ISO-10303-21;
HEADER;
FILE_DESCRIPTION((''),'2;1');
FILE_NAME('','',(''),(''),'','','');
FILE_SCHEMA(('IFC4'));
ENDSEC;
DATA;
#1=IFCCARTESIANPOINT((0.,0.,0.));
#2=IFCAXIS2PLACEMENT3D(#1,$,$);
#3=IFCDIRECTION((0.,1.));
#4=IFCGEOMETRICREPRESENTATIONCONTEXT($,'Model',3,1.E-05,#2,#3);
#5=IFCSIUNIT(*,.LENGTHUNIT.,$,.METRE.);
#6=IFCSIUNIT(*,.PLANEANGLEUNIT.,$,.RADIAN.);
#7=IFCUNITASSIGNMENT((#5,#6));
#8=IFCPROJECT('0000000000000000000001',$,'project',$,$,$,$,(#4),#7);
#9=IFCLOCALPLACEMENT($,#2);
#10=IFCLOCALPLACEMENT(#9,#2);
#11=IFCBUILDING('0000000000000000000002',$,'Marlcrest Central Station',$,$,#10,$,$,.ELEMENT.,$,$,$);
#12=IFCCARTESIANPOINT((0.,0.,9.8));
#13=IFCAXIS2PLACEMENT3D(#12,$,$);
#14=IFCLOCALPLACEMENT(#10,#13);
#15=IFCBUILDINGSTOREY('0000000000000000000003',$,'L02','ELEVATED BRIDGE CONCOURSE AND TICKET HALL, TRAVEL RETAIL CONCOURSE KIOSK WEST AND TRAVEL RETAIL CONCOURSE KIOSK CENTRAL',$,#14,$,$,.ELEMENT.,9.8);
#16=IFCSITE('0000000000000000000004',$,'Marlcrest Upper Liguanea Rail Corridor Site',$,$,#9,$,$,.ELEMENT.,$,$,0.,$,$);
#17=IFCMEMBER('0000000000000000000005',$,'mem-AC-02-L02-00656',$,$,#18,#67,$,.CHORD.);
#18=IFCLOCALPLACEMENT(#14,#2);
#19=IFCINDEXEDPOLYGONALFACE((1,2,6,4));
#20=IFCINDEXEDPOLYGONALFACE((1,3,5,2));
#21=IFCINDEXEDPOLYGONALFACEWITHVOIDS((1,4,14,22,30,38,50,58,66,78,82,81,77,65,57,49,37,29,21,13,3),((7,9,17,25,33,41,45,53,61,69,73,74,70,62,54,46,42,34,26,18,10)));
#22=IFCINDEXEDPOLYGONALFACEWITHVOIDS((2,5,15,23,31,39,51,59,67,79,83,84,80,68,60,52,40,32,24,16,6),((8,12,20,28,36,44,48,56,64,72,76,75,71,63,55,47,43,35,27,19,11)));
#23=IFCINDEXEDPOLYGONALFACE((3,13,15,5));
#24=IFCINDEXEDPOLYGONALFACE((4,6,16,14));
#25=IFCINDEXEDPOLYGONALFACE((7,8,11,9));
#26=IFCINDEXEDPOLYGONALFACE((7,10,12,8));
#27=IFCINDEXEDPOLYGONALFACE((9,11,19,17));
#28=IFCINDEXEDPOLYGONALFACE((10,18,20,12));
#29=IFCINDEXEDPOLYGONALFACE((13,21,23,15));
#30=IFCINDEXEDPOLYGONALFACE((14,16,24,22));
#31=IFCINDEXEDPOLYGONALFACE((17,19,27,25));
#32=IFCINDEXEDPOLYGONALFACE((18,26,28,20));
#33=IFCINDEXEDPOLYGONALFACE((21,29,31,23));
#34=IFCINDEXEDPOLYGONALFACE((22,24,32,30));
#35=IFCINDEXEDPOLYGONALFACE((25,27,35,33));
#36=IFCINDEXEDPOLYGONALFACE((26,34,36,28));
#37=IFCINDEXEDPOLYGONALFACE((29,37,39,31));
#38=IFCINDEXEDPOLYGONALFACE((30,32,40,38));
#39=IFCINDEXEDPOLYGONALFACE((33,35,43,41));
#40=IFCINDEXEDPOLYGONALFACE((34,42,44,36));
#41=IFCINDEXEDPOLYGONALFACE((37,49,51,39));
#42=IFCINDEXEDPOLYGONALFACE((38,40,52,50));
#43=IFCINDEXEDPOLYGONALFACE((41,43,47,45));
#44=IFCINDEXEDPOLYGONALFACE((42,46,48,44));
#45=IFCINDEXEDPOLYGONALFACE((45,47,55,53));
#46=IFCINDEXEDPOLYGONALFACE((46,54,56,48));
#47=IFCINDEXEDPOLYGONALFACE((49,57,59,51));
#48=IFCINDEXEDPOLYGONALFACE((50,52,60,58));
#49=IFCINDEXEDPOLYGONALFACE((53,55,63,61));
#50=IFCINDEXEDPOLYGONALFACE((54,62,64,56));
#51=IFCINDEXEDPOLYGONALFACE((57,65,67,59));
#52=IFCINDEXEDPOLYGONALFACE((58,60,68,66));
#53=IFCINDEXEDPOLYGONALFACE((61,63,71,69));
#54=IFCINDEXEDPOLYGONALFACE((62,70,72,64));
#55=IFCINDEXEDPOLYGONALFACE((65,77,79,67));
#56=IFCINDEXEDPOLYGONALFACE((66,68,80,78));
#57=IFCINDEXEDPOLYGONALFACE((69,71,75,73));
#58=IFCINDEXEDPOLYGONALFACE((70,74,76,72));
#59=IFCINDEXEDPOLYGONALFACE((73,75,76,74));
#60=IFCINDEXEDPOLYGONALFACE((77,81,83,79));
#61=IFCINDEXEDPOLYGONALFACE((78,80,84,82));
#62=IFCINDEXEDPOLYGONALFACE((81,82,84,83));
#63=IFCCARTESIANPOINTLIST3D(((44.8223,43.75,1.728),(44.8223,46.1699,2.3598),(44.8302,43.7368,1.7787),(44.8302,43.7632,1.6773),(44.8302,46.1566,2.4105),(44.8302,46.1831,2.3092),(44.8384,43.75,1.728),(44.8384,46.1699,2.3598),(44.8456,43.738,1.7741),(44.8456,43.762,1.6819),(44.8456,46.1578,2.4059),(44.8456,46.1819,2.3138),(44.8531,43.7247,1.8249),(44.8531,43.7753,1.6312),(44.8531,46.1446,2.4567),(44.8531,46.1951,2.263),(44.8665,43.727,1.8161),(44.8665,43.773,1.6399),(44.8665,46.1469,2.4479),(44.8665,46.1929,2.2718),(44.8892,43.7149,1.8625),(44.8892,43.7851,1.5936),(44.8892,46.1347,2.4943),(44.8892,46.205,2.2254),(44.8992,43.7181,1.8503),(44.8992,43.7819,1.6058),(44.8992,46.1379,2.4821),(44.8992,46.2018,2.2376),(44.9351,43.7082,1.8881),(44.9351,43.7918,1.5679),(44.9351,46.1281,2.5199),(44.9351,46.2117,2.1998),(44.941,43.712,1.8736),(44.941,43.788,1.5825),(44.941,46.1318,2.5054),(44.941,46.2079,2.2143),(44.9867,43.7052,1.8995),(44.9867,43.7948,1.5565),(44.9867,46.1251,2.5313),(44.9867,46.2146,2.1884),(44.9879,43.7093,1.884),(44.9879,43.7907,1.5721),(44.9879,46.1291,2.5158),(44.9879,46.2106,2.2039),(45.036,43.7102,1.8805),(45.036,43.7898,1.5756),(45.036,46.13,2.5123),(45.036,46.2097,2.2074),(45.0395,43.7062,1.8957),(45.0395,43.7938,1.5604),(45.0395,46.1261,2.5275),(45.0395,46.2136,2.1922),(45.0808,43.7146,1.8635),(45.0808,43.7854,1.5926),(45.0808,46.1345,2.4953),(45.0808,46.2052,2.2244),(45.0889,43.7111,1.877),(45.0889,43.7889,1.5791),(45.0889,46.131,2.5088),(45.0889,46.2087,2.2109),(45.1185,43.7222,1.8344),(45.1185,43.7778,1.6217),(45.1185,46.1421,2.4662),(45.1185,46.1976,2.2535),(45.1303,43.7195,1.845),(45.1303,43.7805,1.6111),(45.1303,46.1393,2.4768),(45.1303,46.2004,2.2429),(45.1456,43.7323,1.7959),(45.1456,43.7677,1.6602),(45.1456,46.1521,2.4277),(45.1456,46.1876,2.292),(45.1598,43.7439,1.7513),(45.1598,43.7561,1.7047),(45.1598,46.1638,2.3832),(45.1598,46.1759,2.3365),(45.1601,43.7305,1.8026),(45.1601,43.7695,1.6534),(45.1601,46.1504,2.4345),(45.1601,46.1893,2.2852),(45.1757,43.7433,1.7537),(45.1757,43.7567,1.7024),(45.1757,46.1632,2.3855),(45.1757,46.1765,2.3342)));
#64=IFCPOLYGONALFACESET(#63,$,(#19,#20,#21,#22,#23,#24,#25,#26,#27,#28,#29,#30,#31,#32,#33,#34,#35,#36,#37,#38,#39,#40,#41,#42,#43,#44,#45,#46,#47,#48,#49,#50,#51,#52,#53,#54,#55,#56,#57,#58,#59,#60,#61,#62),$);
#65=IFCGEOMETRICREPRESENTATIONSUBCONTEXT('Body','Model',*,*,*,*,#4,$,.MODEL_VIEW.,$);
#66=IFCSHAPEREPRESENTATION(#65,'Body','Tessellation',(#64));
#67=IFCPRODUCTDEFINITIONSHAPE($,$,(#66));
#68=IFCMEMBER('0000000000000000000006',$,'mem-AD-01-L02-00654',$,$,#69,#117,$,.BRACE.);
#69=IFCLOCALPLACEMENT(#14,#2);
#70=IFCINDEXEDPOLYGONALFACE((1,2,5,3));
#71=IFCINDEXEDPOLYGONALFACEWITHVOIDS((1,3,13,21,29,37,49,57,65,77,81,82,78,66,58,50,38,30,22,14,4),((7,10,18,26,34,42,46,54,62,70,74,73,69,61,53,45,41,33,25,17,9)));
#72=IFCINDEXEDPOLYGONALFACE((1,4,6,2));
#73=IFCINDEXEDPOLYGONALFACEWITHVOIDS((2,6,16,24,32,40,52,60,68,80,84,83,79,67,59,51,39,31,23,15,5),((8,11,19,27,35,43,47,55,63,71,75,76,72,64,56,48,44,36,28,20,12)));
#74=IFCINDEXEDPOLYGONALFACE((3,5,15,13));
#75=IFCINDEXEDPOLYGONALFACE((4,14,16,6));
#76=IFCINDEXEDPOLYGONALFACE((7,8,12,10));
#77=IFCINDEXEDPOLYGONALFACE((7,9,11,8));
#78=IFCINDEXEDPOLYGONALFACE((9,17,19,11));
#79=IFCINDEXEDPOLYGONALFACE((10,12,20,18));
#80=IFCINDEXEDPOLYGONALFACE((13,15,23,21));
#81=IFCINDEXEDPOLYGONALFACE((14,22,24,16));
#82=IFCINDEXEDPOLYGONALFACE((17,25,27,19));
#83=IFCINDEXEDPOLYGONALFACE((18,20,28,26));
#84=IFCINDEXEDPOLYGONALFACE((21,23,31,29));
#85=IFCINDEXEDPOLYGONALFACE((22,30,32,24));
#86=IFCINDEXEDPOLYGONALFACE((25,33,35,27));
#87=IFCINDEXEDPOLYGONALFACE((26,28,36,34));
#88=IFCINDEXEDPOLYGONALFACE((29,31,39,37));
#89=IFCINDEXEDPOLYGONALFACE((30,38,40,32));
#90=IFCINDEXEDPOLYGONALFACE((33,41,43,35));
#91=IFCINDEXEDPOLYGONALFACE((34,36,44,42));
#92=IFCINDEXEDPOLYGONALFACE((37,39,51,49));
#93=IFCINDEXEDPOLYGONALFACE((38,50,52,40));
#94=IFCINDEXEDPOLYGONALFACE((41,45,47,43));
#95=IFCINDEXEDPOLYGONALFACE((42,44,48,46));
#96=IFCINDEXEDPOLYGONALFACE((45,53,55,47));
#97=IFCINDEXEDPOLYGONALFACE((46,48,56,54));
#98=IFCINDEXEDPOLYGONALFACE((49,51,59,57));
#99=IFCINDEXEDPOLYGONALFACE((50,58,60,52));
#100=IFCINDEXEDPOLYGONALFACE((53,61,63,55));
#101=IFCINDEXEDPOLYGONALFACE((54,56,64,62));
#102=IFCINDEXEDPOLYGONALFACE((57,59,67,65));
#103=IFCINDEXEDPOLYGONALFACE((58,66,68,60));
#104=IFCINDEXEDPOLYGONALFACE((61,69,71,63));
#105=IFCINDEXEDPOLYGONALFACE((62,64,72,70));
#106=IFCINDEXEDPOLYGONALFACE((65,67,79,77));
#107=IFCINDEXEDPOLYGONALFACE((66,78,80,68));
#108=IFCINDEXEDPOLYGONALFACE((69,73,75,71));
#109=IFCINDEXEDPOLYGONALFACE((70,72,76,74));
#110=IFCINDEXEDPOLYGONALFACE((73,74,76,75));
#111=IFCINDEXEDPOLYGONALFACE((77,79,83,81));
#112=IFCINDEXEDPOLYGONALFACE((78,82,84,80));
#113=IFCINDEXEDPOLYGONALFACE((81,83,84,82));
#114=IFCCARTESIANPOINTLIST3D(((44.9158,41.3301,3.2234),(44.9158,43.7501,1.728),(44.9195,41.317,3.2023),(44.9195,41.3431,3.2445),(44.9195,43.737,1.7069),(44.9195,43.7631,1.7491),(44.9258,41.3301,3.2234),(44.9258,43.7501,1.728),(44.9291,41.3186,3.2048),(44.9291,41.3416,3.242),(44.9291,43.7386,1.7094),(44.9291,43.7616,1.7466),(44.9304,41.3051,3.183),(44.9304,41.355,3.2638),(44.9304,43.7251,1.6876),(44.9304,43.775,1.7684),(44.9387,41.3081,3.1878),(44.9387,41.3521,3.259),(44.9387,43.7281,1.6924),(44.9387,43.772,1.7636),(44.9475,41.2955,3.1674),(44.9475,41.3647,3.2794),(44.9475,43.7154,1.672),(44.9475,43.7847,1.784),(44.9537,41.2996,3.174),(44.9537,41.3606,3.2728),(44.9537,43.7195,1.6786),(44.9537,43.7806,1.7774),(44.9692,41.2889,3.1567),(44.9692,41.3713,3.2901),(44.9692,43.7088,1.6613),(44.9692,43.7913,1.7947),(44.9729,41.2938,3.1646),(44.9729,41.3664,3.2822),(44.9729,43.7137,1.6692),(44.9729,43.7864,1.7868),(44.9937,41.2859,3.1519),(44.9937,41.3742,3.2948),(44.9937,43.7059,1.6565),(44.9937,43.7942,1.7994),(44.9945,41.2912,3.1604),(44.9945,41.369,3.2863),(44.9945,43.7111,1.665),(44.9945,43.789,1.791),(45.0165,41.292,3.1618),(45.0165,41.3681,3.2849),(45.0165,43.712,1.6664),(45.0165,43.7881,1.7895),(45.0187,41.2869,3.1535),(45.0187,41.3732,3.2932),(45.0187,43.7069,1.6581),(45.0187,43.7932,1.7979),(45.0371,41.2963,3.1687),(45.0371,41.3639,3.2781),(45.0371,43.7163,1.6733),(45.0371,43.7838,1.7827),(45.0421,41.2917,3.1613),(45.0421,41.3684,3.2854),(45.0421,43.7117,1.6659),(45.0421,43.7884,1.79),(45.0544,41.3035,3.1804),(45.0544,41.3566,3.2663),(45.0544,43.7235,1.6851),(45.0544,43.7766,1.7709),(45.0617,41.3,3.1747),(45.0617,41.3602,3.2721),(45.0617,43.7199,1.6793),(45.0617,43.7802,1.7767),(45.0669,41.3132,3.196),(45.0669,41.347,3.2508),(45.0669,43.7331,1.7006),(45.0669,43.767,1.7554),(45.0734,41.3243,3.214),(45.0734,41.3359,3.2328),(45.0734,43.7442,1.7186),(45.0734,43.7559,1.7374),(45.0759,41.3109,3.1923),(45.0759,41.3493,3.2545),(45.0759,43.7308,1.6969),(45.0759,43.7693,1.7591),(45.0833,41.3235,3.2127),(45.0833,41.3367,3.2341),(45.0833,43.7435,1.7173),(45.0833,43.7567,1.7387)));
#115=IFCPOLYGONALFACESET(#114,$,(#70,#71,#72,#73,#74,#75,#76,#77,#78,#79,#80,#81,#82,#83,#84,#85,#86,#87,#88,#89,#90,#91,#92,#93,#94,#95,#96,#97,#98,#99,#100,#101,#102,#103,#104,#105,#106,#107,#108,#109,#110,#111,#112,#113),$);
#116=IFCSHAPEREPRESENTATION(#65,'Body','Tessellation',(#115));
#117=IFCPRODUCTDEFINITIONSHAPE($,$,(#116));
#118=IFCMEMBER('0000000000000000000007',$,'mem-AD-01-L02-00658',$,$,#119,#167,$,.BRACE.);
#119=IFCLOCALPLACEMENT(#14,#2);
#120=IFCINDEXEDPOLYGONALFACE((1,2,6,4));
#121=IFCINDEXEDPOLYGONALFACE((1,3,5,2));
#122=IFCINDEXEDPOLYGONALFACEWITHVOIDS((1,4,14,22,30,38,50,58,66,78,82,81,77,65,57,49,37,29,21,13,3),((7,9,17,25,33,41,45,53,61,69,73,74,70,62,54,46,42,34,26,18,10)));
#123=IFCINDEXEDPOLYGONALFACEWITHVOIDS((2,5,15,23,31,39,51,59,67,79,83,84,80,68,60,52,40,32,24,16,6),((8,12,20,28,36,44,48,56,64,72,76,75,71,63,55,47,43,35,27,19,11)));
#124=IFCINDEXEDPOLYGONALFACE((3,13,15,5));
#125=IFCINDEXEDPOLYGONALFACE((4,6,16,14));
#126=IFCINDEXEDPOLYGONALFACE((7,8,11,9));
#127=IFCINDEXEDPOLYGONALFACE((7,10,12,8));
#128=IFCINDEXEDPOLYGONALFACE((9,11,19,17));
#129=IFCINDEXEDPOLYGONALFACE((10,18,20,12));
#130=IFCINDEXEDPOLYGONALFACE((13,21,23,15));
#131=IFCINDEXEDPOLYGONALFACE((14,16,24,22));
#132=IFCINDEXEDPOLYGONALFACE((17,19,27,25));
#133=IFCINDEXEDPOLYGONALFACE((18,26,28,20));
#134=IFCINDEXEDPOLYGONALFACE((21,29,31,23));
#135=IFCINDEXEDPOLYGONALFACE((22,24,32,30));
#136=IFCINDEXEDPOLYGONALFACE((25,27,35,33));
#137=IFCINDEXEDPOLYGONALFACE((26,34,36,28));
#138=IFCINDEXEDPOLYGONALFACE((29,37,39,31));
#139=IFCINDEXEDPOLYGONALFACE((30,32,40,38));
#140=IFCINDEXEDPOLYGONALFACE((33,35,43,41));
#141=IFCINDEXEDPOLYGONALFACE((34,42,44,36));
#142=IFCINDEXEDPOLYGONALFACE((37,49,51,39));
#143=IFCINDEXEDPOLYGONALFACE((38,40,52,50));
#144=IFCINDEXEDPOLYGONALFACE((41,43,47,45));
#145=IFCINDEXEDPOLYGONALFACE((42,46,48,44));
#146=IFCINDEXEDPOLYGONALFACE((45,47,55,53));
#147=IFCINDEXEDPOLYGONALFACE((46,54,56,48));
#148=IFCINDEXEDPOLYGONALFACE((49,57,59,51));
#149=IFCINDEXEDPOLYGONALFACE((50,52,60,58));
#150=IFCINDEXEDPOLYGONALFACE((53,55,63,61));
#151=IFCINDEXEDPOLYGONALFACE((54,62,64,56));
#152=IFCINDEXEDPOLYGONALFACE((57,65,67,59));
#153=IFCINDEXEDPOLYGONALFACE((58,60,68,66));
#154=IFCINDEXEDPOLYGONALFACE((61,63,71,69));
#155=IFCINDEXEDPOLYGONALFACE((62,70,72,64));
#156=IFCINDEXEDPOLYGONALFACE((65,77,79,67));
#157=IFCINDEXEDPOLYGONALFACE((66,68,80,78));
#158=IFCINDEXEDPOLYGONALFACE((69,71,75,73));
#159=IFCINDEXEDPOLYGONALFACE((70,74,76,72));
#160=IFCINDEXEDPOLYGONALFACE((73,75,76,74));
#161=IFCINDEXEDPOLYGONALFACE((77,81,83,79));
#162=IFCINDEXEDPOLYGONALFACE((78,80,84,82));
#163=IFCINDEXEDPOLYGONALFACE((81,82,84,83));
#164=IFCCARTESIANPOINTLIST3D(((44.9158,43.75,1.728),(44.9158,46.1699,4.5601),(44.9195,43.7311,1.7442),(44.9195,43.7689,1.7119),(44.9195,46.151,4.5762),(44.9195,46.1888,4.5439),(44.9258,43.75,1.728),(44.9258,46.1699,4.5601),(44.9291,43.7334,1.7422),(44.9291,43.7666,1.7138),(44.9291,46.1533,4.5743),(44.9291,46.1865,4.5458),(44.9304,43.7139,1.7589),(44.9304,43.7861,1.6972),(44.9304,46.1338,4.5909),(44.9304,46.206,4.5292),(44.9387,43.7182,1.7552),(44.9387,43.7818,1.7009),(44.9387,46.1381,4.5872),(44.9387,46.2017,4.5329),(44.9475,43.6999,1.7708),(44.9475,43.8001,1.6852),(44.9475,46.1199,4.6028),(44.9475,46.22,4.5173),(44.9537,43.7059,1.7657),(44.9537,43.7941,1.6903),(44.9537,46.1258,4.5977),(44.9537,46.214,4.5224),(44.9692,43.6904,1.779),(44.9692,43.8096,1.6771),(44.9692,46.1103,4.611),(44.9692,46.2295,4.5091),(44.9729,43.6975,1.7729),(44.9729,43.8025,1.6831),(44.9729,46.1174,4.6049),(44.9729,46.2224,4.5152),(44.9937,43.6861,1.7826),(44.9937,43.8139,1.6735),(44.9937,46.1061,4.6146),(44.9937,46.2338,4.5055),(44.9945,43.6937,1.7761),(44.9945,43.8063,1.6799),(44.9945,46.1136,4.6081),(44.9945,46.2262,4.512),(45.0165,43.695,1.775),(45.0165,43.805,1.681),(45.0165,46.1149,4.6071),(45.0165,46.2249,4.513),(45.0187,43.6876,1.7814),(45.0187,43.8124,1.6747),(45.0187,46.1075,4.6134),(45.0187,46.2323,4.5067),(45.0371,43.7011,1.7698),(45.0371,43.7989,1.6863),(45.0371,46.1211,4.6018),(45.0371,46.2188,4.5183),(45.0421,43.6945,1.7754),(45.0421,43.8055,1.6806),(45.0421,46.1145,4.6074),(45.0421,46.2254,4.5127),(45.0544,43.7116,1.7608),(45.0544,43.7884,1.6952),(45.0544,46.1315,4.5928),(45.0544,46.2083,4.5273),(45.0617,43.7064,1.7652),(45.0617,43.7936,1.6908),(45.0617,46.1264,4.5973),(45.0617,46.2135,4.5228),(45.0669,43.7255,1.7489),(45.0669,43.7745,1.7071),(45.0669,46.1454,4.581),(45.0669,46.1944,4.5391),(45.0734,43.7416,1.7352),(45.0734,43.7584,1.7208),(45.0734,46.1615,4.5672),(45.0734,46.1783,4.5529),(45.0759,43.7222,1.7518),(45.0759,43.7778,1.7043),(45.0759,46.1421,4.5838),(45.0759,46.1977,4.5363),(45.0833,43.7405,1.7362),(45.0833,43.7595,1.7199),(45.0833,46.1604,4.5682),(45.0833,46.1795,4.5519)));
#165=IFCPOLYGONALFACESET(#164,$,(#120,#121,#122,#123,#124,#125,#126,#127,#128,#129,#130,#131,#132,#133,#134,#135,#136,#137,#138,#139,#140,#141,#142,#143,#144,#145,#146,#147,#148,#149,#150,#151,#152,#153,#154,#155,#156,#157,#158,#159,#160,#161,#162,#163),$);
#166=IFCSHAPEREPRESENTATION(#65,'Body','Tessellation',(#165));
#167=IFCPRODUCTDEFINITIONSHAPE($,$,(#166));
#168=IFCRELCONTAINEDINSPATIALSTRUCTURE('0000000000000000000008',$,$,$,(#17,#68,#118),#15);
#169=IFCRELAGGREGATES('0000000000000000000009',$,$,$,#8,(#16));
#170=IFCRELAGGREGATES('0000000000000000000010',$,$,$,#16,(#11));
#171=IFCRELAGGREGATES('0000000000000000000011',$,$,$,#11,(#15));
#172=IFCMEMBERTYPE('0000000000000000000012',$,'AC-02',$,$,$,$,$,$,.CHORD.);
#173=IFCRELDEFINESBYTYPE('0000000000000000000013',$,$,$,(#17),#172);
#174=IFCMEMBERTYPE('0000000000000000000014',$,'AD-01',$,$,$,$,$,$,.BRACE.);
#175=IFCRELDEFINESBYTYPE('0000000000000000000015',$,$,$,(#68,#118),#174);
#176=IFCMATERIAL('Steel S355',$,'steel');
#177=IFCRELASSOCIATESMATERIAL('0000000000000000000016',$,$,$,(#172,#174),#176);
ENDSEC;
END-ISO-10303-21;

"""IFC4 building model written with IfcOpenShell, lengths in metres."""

from ifc_helpers import new_model, si_unit, direction, frame, origin, origin_2d, place, context, subcontext, project, spatial, hollow_circle, extrude, material, material_profile, profile_set, type_object, element, save


model = new_model("IFC4")

# Units and contexts
model_context = context("Model", 3, precision=1e-05, world=origin(), true_north=direction((0.0, 1.0)))
body_context = subcontext(model_context, "Body", "Model", "MODEL_VIEW")
ifc_project = project(units=[si_unit("LENGTHUNIT", "METRE"), si_unit("PLANEANGLEUNIT", "RADIAN")], contexts=[model_context])

# Site, building, storey
site_placement = place(None, origin())
site = spatial("IfcSite", under=ifc_project, at=site_placement, Name="Marlcrest Upper Liguanea Rail Corridor Site", CompositionType="ELEMENT", RefElevation=0.0)
building_placement = place(site_placement, origin())
building = spatial("IfcBuilding", under=site, at=building_placement, Name="Marlcrest Central Station", CompositionType="ELEMENT")
storey_placement = place(building_placement, frame((0.0, 0.0, 9.8)))
storey = spatial("IfcBuildingStorey", under=building, at=storey_placement, Name="L02", Description="ELEVATED BRIDGE CONCOURSE AND TICKET HALL, TRAVEL RETAIL CONCOURSE KIOSK WEST AND TRAVEL RETAIL CONCOURSE KIOSK CENTRAL", CompositionType="ELEMENT", Elevation=9.8)

# Members
ifc_material_1 = material(Name="Steel S355", Category="steel")
ifc_material_profile_1 = material_profile(ifc_material_1, hollow_circle(Radius=0.1777, WallThickness=0.0161, at=origin_2d()), Name="CHS 355.6x16")
ifc_profile_set_1 = profile_set([ifc_material_profile_1], Name="Steel S355")
member_type_1 = type_object("IfcMemberType", Name="AC-02", PredefinedType="CHORD", material=ifc_profile_set_1)
member_1_placement = place(storey_placement, frame((45.0, 43.75, 1.728), z_axis=(0.0, 0.967563, 0.252629), x_axis=(-1.0, 0.0, 0.0)))
element("IfcMember", 1, at=member_1_placement, inside=storey, type_object=member_type_1, Name="mem-AC-02-L02-00656", PredefinedType="CHORD", context=body_context, shape_type="SweptSolid", body=[
    extrude(hollow_circle(Radius=0.1777, WallThickness=0.0161, at=origin_2d()), origin(), (0.0, 0.0, 1.0), 2.501),
])
ifc_material_profile_2 = material_profile(ifc_material_1, hollow_circle(Radius=0.0842, WallThickness=0.01, at=origin_2d()), Name="CHS 168.3x10")
ifc_profile_set_2 = profile_set([ifc_material_profile_2], Name="Steel S355")
member_type_2 = type_object("IfcMemberType", Name="AD-01", PredefinedType="BRACE", material=ifc_profile_set_2)
member_2_placement = place(storey_placement, frame((45.0, 41.3301, 3.2234), z_axis=(0.0, 0.850687, -0.525672), x_axis=(-1.0, 0.0, 0.0)))
element("IfcMember", 2, at=member_2_placement, inside=storey, type_object=member_type_2, Name="mem-AD-01-L02-00654", PredefinedType="BRACE", context=body_context, shape_type="SweptSolid", body=[
    extrude(hollow_circle(Radius=0.0842, WallThickness=0.01, at=origin_2d()), origin(), (0.0, 0.0, 1.0), 2.8447),
])
member_3_placement = place(storey_placement, frame((45.0, 43.75, 1.728), z_axis=(0.0, 0.649625, 0.760255), x_axis=(-1.0, 0.0, 0.0)))
element("IfcMember", 3, at=member_3_placement, inside=storey, type_object=member_type_2, Name="mem-AD-01-L02-00658", PredefinedType="BRACE", context=body_context, shape_type="SweptSolid", body=[
    extrude(hollow_circle(Radius=0.0842, WallThickness=0.01, at=origin_2d()), origin(), (0.0, 0.0, 1.0), 3.7251),
])

save(model, "model.ifc")
